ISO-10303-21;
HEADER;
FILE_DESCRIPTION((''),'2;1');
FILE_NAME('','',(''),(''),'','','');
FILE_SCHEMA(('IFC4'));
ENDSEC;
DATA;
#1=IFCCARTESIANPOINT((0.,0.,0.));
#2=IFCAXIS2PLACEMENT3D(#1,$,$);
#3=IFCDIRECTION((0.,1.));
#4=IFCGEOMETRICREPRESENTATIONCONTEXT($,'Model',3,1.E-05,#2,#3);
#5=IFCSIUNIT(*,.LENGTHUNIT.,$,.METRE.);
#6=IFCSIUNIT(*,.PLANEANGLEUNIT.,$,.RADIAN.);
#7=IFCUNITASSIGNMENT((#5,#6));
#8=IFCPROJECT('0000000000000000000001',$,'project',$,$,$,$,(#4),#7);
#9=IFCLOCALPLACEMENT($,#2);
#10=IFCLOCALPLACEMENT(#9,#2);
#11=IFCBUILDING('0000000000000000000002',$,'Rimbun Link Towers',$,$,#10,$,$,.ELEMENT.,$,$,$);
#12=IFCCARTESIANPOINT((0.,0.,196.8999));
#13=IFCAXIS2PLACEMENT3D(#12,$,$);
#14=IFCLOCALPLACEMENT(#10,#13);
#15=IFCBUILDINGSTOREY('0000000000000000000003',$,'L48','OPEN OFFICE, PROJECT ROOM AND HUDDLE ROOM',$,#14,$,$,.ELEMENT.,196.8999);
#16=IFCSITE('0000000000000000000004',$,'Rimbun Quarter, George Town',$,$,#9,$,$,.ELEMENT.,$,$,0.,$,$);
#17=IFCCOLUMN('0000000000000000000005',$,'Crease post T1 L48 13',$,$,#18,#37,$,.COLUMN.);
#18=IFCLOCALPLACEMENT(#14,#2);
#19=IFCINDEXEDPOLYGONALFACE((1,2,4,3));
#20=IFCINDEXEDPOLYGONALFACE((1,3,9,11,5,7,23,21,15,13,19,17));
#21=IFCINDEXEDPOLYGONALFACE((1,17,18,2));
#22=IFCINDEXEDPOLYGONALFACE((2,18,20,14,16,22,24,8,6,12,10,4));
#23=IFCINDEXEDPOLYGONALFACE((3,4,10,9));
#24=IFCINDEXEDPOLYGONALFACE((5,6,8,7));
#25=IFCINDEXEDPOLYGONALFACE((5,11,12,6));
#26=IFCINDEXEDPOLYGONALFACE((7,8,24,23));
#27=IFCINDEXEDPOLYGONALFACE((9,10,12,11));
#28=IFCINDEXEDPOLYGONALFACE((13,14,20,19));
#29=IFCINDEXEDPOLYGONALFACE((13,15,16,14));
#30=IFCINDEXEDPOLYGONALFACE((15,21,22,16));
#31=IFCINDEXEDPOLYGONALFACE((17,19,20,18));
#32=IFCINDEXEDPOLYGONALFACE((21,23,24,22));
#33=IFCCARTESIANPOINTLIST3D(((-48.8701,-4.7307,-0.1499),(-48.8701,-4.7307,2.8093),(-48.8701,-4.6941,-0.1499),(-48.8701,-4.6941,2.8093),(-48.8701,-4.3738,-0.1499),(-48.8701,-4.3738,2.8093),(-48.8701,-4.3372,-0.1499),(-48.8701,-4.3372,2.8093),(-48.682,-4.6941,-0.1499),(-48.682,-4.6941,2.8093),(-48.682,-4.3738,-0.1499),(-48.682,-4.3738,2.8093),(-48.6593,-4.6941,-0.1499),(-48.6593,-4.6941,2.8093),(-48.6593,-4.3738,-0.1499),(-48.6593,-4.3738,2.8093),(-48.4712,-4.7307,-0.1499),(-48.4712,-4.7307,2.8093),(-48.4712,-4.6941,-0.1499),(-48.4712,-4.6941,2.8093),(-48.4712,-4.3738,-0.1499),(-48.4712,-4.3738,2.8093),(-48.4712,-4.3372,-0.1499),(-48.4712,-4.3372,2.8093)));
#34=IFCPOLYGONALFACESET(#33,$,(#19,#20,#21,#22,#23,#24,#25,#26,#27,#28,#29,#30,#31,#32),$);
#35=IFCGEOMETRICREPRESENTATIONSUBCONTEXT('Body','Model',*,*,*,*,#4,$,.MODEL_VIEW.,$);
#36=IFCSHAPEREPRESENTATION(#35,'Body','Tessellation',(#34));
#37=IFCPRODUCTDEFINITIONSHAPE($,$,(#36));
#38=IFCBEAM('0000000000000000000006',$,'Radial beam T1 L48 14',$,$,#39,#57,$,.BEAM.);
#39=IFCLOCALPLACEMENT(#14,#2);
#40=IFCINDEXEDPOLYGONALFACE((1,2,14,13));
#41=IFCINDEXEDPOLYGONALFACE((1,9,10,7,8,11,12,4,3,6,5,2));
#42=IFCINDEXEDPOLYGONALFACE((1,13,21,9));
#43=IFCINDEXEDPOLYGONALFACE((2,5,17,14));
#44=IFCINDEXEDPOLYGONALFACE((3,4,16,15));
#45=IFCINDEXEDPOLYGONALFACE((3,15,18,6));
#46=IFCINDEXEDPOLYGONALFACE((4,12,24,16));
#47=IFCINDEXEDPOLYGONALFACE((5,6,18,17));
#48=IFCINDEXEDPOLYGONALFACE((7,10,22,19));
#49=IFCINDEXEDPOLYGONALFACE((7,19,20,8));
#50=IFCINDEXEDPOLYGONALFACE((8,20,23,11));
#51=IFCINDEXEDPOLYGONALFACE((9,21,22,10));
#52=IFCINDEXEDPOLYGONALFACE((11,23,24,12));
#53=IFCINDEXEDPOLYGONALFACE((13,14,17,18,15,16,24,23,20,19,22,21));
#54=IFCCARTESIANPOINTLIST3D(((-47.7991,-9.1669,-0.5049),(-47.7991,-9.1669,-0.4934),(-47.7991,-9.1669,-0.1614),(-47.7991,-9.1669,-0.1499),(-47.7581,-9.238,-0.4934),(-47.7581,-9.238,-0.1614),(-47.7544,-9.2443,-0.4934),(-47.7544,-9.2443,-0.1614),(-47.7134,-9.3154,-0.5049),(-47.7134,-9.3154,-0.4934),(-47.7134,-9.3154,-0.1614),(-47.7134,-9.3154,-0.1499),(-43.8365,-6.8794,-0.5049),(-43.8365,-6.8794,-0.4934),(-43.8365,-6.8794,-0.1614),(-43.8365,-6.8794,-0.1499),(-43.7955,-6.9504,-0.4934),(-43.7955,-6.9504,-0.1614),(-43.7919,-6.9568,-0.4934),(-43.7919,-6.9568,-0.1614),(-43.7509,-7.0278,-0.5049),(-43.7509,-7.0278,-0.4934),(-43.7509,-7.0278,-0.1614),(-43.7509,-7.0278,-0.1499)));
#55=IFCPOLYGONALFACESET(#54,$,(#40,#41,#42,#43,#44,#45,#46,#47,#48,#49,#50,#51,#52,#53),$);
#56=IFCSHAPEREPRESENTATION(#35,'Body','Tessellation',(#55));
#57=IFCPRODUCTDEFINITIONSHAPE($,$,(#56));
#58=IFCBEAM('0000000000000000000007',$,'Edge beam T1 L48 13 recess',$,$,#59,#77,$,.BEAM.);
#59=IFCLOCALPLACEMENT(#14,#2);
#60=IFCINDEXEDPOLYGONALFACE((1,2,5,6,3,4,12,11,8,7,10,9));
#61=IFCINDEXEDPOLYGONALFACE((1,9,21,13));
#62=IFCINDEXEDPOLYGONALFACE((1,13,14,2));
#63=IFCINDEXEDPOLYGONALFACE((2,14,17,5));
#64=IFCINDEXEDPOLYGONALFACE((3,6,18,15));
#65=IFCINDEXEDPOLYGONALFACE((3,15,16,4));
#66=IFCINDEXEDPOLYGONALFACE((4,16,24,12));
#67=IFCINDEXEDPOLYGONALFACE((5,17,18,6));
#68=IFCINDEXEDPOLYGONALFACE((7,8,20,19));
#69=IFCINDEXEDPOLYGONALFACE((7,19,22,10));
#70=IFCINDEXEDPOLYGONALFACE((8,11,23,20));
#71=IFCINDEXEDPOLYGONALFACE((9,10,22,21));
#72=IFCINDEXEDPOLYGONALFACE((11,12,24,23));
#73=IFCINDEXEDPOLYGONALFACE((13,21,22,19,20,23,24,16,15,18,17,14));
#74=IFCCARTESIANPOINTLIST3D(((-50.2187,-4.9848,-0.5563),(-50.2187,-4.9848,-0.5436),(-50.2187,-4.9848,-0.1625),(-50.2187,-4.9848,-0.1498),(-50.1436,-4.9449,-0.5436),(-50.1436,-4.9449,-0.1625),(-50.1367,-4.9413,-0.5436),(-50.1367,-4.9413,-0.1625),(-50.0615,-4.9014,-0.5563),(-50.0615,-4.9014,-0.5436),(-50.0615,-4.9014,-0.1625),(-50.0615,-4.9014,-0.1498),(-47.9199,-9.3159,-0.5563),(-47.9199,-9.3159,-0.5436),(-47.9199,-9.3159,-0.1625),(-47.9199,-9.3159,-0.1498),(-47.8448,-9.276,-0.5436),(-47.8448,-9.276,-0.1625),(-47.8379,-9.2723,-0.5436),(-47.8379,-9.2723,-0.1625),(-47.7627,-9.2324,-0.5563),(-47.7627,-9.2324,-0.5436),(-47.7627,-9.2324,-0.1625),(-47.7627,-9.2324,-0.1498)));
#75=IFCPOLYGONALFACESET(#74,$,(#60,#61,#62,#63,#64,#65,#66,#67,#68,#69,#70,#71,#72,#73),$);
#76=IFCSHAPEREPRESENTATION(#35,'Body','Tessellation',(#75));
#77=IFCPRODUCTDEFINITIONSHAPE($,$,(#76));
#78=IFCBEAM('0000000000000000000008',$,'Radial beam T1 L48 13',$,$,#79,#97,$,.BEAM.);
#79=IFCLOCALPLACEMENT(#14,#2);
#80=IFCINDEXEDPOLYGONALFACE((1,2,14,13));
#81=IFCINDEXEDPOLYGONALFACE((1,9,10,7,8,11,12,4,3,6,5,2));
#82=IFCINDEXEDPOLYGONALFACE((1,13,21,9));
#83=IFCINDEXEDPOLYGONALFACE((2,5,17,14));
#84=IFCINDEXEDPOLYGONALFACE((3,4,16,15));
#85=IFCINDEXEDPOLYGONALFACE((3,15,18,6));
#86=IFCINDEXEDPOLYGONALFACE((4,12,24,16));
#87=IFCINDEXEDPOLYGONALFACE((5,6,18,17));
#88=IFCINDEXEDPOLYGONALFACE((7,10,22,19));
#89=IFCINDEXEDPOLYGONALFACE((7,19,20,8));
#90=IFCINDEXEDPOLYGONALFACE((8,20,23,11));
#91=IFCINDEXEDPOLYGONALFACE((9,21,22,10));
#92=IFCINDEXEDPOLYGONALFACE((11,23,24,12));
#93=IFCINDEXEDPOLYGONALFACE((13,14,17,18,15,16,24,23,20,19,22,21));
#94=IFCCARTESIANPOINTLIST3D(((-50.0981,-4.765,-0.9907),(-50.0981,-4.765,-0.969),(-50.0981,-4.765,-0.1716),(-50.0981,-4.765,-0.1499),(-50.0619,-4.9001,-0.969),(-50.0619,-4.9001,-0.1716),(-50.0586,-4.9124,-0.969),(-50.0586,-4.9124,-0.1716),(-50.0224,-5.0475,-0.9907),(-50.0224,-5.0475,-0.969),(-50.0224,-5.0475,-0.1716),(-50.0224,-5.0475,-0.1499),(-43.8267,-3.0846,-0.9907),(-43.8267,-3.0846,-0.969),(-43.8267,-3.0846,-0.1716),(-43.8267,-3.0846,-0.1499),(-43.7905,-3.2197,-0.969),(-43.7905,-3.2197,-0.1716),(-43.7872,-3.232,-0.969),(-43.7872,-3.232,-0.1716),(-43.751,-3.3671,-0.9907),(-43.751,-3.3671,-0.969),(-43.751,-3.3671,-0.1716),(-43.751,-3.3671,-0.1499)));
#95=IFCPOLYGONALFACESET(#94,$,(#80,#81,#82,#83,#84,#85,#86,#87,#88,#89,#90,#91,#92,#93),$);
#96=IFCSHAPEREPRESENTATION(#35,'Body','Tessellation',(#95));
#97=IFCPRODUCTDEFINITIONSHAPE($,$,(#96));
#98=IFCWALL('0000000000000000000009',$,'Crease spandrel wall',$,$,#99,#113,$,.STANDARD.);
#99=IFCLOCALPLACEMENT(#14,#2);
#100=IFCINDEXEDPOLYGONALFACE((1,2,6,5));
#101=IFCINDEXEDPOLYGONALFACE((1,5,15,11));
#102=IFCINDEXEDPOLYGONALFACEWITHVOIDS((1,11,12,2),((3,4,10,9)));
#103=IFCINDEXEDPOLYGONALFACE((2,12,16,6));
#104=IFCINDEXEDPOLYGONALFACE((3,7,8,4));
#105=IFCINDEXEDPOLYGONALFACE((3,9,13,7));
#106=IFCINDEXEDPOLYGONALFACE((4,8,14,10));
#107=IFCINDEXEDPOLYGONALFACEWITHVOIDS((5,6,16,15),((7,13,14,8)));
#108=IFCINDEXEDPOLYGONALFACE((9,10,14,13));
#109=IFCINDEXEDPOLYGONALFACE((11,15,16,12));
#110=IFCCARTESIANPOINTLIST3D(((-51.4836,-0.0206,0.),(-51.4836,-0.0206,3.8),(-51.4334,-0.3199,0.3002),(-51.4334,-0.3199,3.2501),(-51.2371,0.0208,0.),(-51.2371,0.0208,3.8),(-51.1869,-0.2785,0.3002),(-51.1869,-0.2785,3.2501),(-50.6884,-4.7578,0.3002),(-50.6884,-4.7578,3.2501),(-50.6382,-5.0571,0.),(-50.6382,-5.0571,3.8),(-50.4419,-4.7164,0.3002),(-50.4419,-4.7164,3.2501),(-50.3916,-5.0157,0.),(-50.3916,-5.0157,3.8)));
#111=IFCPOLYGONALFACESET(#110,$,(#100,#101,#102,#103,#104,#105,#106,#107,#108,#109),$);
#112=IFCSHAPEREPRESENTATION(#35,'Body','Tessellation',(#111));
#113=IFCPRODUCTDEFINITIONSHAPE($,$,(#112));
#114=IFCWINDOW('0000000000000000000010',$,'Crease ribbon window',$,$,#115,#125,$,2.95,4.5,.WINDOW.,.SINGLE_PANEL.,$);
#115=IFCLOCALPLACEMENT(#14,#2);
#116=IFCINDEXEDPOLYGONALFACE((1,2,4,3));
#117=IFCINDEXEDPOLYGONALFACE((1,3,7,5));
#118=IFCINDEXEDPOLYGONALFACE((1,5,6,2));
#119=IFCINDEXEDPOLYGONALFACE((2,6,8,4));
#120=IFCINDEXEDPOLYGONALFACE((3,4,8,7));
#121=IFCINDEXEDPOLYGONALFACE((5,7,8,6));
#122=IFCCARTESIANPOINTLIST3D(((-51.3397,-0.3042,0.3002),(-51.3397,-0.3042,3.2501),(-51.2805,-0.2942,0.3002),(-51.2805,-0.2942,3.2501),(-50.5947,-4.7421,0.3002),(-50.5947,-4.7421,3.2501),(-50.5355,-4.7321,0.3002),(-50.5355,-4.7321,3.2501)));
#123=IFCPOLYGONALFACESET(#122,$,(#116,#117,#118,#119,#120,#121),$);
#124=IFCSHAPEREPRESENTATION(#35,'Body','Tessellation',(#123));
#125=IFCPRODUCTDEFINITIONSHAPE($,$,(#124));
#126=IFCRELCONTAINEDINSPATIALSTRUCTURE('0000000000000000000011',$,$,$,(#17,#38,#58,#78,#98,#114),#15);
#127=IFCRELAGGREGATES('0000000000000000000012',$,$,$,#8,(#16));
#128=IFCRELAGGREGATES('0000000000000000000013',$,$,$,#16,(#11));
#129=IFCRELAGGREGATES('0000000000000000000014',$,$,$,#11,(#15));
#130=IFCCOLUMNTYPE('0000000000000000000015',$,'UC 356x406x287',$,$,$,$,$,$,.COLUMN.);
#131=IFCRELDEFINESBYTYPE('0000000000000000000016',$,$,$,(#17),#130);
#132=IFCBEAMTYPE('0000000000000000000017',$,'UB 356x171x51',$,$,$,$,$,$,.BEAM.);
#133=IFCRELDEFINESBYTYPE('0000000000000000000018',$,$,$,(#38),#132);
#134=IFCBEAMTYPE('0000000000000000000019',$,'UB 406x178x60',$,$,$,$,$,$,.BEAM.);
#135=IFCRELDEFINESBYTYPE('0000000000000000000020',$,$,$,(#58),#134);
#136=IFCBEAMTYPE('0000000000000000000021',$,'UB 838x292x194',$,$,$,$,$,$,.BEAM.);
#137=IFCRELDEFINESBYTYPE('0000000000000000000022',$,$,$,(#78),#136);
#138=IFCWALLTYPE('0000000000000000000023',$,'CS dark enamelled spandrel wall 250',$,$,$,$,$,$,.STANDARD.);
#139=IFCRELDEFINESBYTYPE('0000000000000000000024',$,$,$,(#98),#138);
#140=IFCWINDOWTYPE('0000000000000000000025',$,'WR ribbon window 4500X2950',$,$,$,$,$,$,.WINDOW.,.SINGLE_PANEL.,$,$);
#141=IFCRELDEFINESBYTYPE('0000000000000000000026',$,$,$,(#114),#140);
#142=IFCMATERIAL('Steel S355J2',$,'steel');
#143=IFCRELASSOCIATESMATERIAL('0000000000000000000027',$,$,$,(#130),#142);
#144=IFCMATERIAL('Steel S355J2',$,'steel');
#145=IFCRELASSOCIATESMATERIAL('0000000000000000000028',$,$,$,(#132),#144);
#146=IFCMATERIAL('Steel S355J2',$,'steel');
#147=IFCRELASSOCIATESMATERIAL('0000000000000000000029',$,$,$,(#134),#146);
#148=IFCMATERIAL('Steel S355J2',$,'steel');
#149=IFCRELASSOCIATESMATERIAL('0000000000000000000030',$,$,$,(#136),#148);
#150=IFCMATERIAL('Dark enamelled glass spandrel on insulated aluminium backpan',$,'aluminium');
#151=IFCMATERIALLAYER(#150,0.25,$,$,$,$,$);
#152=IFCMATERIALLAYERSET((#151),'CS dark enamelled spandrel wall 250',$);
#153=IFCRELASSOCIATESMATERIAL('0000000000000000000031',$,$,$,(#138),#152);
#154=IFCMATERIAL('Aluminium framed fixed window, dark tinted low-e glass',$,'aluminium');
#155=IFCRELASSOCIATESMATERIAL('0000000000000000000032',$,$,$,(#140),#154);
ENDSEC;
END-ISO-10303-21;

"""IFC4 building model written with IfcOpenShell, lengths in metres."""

from ifc_helpers import new_model, si_unit, direction, frame, frame_2d, origin, origin_2d, place, context, subcontext, project, spatial, rectangle, i_section, extrude, material, layer, layer_set, material_profile, profile_set, type_object, element, fill, save


model = new_model("IFC4")

# Units and contexts
model_context = context("Model", 3, precision=1e-05, world=origin(), true_north=direction((0.0, 1.0)))
body_context = subcontext(model_context, "Body", "Model", "MODEL_VIEW")
ifc_project = project(units=[si_unit("LENGTHUNIT", "METRE"), si_unit("PLANEANGLEUNIT", "RADIAN")], contexts=[model_context])

# Site, building, storey
site_placement = place(None, origin())
site = spatial("IfcSite", under=ifc_project, at=site_placement, Name="Rimbun Quarter, George Town", CompositionType="ELEMENT", RefElevation=0.0)
building_placement = place(site_placement, origin())
building = spatial("IfcBuilding", under=site, at=building_placement, Name="Rimbun Link Towers", CompositionType="ELEMENT")
storey_placement = place(building_placement, frame((0.0, 0.0, 196.8999)))
storey = spatial("IfcBuildingStorey", under=building, at=storey_placement, Name="L48", Description="OPEN OFFICE, PROJECT ROOM AND HUDDLE ROOM", CompositionType="ELEMENT", Elevation=196.8999)

# Column
ifc_material_1 = material(Name="Steel S355J2", Category="steel")
ifc_material_profile_1 = material_profile(ifc_material_1, i_section(OverallWidth=0.3989, OverallDepth=0.3936, WebThickness=0.0227, FlangeThickness=0.0366, at=origin_2d()), Name="UC 356x406x287")
ifc_profile_set_1 = profile_set([ifc_material_profile_1], Name="Steel S355J2")
column_type = type_object("IfcColumnType", Name="UC 356x406x287", PredefinedType="COLUMN", material=ifc_profile_set_1)
column_placement = place(storey_placement, frame((-48.6707, -4.5339, -0.1499), z_axis=(0.0, 0.0, 1.0), x_axis=(1.0, 0.0, 0.0)))
element("IfcColumn", 1, at=column_placement, inside=storey, type_object=column_type, Name="Crease post T1 L48 13", PredefinedType="COLUMN", context=body_context, shape_type="SweptSolid", body=[
    extrude(i_section(OverallWidth=0.3989, OverallDepth=0.3936, WebThickness=0.0227, FlangeThickness=0.0366, at=origin_2d()), origin(), (0.0, 0.0, 1.0), 2.9592),
])

# Beams
ifc_material_2 = material(Name="Steel S355J2", Category="steel")
ifc_material_profile_2 = material_profile(ifc_material_2, i_section(OverallWidth=0.1714, OverallDepth=0.355, WebThickness=0.0073, FlangeThickness=0.0115, at=origin_2d()), Name="UB 356x171x51")
ifc_profile_set_2 = profile_set([ifc_material_profile_2], Name="Steel S355J2")
beam_type_1 = type_object("IfcBeamType", Name="UB 356x171x51", PredefinedType="BEAM", material=ifc_profile_set_2)
beam_1_placement = place(storey_placement, frame((-43.7937, -6.9536, -0.3274), z_axis=(-0.866048, -0.499961, 0.0), x_axis=(0.499961, -0.866048, 0.0)))
element("IfcBeam", 2, at=beam_1_placement, inside=storey, type_object=beam_type_1, Name="Radial beam T1 L48 14", PredefinedType="BEAM", context=body_context, shape_type="SweptSolid", body=[
    extrude(i_section(OverallWidth=0.1714, OverallDepth=0.355, WebThickness=0.0073, FlangeThickness=0.0115, at=origin_2d()), origin(), (0.0, 0.0, 1.0), 4.5754),
])
ifc_material_3 = material(Name="Steel S355J2", Category="steel")
ifc_material_profile_3 = material_profile(ifc_material_3, i_section(OverallWidth=0.178, OverallDepth=0.4065, WebThickness=0.0078, FlangeThickness=0.0127, at=origin_2d()), Name="UB 406x178x60")
ifc_profile_set_3 = profile_set([ifc_material_profile_3], Name="Steel S355J2")
beam_type_2 = type_object("IfcBeamType", Name="UB 406x178x60", PredefinedType="BEAM", material=ifc_profile_set_3)
beam_2_placement = place(storey_placement, frame((-50.1401, -4.9431, -0.353), z_axis=(0.46883, -0.883288, 0.0), x_axis=(0.883288, 0.46883, 0.0)))
element("IfcBeam", 3, at=beam_2_placement, inside=storey, type_object=beam_type_2, Name="Edge beam T1 L48 13 recess", PredefinedType="BEAM", context=body_context, shape_type="SweptSolid", body=[
    extrude(i_section(OverallWidth=0.178, OverallDepth=0.4065, WebThickness=0.0078, FlangeThickness=0.0127, at=origin_2d()), origin(), (0.0, 0.0, 1.0), 4.9033),
])
ifc_material_4 = material(Name="Steel S355J2", Category="steel")
ifc_material_profile_4 = material_profile(ifc_material_4, i_section(OverallWidth=0.2925, OverallDepth=0.8408, WebThickness=0.0127, FlangeThickness=0.0217, at=origin_2d()), Name="UB 838x292x194")
ifc_profile_set_4 = profile_set([ifc_material_profile_4], Name="Steel S355J2")
beam_type_3 = type_object("IfcBeamType", Name="UB 838x292x194", PredefinedType="BEAM", material=ifc_profile_set_4)
beam_3_placement = place(storey_placement, frame((-43.7888, -3.2258, -0.5703), z_axis=(-0.965927, -0.258816, 0.0), x_axis=(0.258816, -0.965927, 0.0)))
element("IfcBeam", 4, at=beam_3_placement, inside=storey, type_object=beam_type_3, Name="Radial beam T1 L48 13", PredefinedType="BEAM", context=body_context, shape_type="SweptSolid", body=[
    extrude(i_section(OverallWidth=0.2925, OverallDepth=0.8408, WebThickness=0.0127, FlangeThickness=0.0217, at=origin_2d()), origin(), (0.0, 0.0, 1.0), 6.4927),
])

# Wall, opening, window
ifc_material_5 = material(Name="Dark enamelled glass spandrel on insulated aluminium backpan", Category="aluminium")
ifc_layer_1 = layer(ifc_material_5, 0.25)
ifc_layer_set_1 = layer_set([ifc_layer_1], Name="CS dark enamelled spandrel wall 250")
wall_type_1 = type_object("IfcWallType", Name="CS dark enamelled spandrel wall 250", PredefinedType="STANDARD", material=ifc_layer_set_1)
wall_1_placement = place(storey_placement, frame((-50.5149, -5.0364, 0.0), z_axis=(0.0, 0.0, 1.0), x_axis=(-0.165554, 0.986201, 0.0)))
wall_1 = element("IfcWall", 5, at=wall_1_placement, inside=storey, type_object=wall_type_1, Name="Crease spandrel wall", PredefinedType="STANDARD", context=body_context, shape_type="SweptSolid", body=[
    extrude(rectangle(XDim=5.1069, YDim=0.25, at=frame_2d((2.5535, 0.0))), origin(), (0.0, 0.0, 1.0), 3.8),
])
opening_1_placement = place(wall_1_placement, frame((0.3035, 0.0, 0.3)))
opening_1 = element("IfcOpeningElement", 6, at=opening_1_placement, cuts=wall_1, PredefinedType="OPENING", context=body_context, shape_type="SweptSolid", body=[
    extrude(rectangle(XDim=4.5, YDim=2.95, at=frame_2d((2.25, 1.4751))), frame((0.0, 0.135, 0.0), z_axis=(0.0, -1.0, 0.0), x_axis=(1.0, 0.0, 0.0)), (0.0, 0.0, 1.0), 0.27),
])
ifc_material_6 = material(Name="Aluminium framed fixed window, dark tinted low-e glass", Category="aluminium")
window_type = type_object("IfcWindowType", Name="WR ribbon window 4500X2950", PartitioningType="SINGLE_PANEL", PredefinedType="WINDOW", material=ifc_material_6)
window_placement = place(opening_1_placement, origin())
window = element("IfcWindow", 7, at=window_placement, inside=storey, type_object=window_type, Name="Crease ribbon window", OverallHeight=2.95, OverallWidth=4.5, PartitioningType="SINGLE_PANEL", PredefinedType="WINDOW", context=body_context, shape_type="SweptSolid", body=[
    extrude(rectangle(XDim=4.5, YDim=2.95, at=frame_2d((2.25, 1.4751))), frame((0.0, 0.03, 0.0), z_axis=(0.0, -1.0, 0.0), x_axis=(1.0, 0.0, 0.0)), (0.0, 0.0, 1.0), 0.0601),
])
fill(opening_1, window)

save(model, "model.ifc")
